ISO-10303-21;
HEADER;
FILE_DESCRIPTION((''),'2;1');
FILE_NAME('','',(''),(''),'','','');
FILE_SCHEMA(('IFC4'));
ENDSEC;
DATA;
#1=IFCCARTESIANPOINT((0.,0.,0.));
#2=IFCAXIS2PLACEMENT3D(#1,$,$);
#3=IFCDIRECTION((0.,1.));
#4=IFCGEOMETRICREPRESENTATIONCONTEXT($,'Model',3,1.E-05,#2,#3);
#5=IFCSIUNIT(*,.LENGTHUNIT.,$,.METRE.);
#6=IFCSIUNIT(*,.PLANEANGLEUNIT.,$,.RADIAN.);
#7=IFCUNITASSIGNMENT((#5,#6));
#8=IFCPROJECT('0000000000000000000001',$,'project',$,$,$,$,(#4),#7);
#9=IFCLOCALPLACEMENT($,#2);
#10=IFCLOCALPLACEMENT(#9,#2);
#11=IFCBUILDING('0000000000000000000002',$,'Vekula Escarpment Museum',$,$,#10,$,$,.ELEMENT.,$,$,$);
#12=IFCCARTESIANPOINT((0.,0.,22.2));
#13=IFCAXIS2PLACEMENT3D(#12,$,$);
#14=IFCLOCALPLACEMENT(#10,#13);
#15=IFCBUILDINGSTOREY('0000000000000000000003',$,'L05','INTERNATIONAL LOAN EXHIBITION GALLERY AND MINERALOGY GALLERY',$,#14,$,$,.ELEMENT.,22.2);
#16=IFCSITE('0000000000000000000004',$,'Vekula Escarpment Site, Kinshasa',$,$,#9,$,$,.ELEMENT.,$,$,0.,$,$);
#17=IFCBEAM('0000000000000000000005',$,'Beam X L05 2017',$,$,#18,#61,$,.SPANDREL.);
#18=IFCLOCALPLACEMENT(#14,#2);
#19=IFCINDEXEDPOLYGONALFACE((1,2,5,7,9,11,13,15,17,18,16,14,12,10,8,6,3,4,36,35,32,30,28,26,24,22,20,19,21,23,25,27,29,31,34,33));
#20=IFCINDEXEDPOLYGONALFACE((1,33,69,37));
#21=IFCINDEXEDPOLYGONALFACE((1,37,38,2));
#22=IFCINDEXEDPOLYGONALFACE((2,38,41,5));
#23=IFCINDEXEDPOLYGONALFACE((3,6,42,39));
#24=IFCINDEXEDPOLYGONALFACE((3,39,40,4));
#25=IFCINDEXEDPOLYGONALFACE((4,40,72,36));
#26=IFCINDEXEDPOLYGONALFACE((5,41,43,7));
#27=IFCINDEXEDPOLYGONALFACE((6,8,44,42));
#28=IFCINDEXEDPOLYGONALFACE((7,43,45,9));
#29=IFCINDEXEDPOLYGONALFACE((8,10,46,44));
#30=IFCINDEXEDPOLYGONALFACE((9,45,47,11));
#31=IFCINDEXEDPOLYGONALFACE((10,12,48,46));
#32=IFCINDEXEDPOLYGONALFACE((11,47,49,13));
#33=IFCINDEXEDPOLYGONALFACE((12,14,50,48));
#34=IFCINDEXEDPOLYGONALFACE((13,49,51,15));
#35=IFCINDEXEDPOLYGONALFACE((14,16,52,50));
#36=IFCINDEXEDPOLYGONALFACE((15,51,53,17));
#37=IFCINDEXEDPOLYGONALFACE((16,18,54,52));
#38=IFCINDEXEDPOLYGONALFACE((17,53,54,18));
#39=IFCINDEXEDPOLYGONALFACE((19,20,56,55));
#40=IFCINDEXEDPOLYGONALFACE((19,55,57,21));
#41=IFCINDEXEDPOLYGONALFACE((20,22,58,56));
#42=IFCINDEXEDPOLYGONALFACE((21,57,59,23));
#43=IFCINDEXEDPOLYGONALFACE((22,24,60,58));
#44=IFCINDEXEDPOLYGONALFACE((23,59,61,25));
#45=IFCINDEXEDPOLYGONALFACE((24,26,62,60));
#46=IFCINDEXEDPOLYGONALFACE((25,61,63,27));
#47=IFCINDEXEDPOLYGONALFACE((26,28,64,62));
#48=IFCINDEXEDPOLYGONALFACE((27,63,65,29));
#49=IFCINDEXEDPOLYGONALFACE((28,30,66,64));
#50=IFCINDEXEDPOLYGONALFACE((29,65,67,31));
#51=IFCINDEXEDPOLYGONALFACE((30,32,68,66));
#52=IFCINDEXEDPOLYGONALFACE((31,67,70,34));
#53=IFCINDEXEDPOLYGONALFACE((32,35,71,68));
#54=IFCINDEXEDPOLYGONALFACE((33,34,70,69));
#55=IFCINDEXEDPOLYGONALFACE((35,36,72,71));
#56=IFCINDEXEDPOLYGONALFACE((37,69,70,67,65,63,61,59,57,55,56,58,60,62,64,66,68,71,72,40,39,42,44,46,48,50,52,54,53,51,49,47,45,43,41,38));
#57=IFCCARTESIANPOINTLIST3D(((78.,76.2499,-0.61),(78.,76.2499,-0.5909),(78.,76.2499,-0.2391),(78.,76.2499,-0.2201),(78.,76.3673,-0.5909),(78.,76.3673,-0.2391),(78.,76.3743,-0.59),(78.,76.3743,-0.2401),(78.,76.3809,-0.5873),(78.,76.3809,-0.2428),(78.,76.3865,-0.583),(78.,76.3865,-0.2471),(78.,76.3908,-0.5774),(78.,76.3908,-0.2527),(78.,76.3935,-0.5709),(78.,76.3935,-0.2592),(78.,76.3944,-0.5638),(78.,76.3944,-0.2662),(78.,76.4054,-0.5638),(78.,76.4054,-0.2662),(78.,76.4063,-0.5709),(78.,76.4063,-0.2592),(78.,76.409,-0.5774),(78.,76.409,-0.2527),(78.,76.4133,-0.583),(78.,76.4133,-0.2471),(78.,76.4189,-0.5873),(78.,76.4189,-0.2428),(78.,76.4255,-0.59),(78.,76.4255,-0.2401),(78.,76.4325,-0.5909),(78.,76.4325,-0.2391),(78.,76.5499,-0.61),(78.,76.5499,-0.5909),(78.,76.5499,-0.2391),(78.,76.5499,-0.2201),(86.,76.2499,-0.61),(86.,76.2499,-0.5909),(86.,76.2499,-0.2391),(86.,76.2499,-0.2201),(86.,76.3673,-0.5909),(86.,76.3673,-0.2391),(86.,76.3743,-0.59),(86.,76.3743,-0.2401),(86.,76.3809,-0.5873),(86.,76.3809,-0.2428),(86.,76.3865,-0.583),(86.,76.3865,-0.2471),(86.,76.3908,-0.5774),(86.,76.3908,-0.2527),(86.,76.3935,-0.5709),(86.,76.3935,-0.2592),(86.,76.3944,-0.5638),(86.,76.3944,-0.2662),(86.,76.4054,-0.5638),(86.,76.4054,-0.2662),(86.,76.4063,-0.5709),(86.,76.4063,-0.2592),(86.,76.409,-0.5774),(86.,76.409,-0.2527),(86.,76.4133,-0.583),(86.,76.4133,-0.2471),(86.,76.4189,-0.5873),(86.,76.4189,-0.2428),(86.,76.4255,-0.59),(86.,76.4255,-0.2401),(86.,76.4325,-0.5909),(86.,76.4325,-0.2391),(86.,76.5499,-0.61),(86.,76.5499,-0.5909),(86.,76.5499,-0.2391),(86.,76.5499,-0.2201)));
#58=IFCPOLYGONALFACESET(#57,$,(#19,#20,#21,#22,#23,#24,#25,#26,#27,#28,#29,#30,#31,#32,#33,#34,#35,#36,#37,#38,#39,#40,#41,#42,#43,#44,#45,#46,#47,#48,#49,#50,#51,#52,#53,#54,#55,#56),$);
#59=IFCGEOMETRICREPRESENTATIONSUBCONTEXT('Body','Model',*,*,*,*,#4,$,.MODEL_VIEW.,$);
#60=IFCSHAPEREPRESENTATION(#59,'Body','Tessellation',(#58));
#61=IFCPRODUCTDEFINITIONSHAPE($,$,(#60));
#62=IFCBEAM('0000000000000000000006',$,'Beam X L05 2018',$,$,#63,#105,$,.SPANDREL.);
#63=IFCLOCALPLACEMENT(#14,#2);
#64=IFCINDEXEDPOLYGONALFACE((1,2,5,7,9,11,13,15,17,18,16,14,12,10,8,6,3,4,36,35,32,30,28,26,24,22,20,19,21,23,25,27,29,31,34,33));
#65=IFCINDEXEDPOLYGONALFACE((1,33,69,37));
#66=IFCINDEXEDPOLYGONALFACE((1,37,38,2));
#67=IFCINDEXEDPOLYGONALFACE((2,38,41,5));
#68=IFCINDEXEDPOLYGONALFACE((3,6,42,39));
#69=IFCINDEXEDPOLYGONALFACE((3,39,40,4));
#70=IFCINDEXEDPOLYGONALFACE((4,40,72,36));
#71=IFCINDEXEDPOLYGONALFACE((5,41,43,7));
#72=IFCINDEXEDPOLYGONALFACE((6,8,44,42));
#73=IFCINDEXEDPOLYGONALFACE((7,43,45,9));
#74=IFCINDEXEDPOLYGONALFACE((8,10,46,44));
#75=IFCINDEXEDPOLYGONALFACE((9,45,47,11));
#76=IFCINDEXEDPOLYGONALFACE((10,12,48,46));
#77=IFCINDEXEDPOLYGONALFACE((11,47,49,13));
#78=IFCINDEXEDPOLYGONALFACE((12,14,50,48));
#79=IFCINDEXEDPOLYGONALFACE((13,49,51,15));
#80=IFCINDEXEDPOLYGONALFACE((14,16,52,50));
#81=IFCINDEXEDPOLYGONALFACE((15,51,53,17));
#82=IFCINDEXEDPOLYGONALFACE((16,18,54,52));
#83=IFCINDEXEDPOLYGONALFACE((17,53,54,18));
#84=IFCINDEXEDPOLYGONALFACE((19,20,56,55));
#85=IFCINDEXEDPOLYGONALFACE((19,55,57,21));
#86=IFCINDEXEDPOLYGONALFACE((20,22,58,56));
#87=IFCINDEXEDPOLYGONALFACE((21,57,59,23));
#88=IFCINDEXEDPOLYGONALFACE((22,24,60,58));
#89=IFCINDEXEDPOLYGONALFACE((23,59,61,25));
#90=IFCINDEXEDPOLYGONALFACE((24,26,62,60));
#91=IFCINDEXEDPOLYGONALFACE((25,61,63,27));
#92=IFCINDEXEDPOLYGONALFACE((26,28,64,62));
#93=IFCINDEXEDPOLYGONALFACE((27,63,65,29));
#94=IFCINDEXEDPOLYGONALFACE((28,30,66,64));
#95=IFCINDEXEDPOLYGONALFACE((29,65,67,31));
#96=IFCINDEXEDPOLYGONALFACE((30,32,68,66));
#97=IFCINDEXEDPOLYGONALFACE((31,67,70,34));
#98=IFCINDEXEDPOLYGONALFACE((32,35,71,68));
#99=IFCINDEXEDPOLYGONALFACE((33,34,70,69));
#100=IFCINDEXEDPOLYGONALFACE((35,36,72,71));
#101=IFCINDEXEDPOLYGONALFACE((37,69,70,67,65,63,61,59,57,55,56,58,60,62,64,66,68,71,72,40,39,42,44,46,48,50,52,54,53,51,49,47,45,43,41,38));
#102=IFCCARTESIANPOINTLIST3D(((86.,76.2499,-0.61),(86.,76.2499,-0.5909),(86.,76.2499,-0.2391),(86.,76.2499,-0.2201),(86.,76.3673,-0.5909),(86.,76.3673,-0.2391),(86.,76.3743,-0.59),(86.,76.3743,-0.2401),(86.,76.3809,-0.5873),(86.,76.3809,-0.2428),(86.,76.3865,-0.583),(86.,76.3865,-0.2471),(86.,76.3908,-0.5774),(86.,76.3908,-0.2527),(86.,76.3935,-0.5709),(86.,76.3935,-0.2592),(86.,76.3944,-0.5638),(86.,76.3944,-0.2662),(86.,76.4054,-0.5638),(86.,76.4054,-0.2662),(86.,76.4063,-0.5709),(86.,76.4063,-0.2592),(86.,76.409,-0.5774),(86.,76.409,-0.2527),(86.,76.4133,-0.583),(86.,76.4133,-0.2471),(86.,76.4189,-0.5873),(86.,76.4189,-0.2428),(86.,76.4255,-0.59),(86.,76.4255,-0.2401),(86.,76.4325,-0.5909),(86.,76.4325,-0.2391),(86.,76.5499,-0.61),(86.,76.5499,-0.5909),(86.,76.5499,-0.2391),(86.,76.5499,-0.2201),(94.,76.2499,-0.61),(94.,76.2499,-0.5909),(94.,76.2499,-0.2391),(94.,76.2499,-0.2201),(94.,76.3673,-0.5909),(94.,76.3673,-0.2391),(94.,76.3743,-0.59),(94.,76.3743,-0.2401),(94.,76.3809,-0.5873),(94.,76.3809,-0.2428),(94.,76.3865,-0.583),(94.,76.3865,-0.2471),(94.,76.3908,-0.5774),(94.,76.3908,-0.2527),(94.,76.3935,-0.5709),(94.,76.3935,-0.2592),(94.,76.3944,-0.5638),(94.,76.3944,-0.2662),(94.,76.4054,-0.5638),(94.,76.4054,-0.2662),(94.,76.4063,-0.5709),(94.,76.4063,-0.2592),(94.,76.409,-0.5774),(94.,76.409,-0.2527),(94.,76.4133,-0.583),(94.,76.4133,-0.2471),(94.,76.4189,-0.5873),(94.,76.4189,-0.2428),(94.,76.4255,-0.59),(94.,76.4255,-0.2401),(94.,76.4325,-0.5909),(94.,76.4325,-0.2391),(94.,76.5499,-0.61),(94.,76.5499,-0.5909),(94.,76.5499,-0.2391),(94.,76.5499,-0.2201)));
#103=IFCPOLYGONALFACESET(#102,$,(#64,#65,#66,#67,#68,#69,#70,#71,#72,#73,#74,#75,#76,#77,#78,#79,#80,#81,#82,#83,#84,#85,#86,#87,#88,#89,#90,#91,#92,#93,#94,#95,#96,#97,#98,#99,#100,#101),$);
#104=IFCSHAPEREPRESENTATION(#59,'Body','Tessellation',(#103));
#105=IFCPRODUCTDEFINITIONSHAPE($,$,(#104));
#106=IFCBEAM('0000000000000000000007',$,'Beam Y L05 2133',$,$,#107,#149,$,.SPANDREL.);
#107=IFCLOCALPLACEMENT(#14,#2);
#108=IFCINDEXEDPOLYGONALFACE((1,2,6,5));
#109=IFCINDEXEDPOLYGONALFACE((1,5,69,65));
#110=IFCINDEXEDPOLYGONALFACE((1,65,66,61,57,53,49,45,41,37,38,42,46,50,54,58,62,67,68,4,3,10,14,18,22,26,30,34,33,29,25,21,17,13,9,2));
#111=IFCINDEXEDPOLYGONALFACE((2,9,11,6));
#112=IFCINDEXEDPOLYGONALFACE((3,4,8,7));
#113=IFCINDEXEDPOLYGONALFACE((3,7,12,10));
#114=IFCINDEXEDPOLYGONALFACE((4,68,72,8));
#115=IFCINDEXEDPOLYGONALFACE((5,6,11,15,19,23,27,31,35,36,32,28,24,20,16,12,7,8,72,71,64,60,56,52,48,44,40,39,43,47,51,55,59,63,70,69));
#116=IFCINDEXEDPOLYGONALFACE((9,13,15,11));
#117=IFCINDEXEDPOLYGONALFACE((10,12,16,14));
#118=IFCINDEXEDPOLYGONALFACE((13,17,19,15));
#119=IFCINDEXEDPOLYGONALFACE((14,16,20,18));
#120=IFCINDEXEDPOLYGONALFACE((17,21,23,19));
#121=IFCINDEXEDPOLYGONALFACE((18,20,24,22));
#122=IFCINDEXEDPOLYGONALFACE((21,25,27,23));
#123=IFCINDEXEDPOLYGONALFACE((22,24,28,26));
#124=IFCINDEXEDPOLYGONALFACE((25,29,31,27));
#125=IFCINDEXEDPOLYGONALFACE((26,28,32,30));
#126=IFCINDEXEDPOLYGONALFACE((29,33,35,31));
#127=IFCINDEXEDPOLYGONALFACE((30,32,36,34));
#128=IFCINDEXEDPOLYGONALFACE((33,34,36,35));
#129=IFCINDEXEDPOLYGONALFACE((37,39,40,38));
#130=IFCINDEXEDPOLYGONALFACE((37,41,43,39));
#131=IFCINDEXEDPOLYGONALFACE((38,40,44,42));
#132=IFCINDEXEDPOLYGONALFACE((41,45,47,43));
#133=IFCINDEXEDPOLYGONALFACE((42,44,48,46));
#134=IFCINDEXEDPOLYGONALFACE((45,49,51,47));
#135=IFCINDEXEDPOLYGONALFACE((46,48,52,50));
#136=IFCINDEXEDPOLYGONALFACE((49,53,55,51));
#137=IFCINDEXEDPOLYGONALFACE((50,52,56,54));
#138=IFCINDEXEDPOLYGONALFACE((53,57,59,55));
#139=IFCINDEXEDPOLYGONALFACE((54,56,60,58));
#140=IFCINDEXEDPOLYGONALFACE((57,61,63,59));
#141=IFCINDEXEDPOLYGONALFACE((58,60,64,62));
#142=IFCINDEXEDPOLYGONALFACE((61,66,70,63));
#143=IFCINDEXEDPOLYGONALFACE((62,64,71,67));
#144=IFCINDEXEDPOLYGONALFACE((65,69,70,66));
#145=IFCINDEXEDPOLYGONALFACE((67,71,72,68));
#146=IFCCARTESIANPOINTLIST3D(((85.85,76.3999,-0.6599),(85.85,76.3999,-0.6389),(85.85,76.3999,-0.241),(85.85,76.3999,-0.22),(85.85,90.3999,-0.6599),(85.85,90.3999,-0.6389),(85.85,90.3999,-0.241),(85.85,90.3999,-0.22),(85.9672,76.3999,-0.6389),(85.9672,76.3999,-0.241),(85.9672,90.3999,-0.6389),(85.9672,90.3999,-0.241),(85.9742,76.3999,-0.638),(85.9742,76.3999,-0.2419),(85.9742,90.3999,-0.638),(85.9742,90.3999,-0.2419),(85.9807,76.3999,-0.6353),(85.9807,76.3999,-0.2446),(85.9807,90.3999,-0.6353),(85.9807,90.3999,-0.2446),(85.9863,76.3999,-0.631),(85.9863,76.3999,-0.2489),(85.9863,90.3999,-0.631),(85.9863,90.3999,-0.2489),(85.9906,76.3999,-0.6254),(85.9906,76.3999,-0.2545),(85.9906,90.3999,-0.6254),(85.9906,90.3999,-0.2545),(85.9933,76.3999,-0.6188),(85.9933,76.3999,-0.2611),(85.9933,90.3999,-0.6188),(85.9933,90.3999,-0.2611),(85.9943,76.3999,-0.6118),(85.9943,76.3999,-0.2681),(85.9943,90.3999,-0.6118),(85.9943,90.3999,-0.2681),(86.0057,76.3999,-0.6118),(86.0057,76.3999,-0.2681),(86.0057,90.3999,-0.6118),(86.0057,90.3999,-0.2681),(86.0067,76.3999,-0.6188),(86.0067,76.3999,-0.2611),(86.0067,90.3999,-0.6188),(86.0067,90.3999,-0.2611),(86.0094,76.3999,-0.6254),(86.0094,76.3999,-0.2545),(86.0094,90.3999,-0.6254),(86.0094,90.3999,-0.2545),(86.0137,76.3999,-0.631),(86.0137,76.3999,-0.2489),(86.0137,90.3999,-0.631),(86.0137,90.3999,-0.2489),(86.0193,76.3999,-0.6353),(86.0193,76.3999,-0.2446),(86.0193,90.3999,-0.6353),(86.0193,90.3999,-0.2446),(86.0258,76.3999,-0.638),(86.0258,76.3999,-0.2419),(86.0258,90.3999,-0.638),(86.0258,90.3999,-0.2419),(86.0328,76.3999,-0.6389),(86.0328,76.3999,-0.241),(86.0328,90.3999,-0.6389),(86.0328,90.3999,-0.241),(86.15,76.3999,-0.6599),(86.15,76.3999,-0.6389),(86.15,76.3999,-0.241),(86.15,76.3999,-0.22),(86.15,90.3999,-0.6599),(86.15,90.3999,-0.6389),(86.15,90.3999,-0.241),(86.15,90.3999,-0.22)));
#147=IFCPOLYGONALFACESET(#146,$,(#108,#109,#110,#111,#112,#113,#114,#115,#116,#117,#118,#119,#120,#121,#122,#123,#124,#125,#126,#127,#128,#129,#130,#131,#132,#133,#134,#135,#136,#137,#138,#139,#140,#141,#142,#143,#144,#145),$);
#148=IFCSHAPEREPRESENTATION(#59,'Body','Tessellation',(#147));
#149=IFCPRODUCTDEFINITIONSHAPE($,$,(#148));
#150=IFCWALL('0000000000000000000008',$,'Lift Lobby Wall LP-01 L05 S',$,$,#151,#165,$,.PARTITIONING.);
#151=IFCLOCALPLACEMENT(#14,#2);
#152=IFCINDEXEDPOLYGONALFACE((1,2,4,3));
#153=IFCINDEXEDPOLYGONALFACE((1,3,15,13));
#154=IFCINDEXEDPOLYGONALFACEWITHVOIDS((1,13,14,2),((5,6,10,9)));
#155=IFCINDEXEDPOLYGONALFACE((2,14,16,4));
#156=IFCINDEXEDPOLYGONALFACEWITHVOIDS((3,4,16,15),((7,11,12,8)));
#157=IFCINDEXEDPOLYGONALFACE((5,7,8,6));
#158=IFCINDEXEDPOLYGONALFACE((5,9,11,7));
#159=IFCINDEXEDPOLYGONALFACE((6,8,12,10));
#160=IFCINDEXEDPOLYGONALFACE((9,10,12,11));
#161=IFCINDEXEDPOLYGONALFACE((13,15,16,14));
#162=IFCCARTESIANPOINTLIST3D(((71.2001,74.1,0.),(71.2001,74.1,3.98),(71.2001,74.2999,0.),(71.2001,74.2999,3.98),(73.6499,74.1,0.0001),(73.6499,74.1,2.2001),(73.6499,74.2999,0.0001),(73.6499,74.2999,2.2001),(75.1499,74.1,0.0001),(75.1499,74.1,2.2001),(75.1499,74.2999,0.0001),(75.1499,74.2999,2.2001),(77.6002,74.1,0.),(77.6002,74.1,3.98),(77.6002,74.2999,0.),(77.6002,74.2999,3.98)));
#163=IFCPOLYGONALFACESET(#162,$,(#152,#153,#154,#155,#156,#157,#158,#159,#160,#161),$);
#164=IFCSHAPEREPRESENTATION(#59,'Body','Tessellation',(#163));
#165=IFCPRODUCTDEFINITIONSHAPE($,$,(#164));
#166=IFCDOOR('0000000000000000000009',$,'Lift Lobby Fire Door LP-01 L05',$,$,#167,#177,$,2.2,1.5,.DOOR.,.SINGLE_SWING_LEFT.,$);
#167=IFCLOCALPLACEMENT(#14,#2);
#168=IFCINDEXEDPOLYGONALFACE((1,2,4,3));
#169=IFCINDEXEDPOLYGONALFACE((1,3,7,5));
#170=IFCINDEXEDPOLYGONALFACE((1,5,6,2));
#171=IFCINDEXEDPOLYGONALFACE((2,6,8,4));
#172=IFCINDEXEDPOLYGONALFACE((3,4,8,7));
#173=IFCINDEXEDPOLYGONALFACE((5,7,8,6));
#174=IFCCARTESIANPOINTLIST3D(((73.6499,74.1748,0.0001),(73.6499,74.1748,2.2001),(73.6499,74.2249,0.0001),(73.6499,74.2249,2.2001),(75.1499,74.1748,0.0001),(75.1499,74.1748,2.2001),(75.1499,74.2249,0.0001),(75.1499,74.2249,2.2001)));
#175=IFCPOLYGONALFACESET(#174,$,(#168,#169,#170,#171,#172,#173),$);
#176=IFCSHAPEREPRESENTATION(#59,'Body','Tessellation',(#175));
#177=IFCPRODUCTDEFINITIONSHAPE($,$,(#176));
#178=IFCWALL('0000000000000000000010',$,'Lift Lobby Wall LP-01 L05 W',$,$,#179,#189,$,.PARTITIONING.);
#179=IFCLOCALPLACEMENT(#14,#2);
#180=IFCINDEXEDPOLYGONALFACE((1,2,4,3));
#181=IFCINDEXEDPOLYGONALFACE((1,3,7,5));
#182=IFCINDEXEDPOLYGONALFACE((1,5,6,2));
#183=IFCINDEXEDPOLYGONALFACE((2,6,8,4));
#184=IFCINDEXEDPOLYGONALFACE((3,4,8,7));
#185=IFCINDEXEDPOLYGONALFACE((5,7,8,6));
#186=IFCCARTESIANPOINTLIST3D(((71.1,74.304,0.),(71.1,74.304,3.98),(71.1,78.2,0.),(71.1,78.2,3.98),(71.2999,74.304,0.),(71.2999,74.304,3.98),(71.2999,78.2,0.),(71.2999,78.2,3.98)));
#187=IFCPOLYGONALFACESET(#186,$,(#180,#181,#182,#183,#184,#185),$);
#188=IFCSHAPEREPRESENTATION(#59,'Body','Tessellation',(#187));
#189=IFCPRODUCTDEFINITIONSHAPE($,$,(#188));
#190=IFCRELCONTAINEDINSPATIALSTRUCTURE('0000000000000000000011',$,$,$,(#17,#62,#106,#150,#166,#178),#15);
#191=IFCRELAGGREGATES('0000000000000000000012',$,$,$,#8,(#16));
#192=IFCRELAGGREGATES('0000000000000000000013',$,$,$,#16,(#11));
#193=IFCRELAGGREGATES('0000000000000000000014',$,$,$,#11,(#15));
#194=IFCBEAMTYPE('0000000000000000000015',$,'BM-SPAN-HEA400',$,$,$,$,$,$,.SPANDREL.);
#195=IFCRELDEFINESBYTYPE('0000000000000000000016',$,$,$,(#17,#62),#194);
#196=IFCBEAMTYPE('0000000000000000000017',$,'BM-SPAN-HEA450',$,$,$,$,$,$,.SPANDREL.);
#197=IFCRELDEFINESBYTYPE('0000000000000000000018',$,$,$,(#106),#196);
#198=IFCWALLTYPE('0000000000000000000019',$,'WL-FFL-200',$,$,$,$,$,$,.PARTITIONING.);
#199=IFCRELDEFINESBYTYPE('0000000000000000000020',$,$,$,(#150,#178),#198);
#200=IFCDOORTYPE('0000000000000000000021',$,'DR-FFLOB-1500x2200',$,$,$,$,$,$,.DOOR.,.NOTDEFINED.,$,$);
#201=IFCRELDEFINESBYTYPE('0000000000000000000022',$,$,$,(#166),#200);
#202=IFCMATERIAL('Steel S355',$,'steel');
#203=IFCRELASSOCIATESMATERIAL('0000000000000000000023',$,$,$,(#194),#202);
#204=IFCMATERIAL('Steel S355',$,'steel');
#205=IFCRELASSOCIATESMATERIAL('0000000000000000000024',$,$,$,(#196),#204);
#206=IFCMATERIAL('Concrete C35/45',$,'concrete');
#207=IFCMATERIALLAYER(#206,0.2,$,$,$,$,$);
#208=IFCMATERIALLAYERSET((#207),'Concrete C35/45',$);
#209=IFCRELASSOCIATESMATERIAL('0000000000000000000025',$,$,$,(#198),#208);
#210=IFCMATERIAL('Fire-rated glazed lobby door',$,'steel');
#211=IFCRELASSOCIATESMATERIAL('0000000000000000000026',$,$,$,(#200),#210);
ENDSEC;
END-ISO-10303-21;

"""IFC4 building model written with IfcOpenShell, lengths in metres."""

from ifc_helpers import new_model, si_unit, direction, frame, frame_2d, origin, origin_2d, place, context, subcontext, project, spatial, rectangle, i_section, extrude, material, layer, layer_set, material_profile, profile_set, type_object, element, fill, save


model = new_model("IFC4")

# Units and contexts
model_context = context("Model", 3, precision=1e-05, world=origin(), true_north=direction((0.0, 1.0)))
body_context = subcontext(model_context, "Body", "Model", "MODEL_VIEW")
ifc_project = project(units=[si_unit("LENGTHUNIT", "METRE"), si_unit("PLANEANGLEUNIT", "RADIAN")], contexts=[model_context])

# Site, building, storey
site_placement = place(None, origin())
site = spatial("IfcSite", under=ifc_project, at=site_placement, Name="Vekula Escarpment Site, Kinshasa", CompositionType="ELEMENT", RefElevation=0.0)
building_placement = place(site_placement, origin())
building = spatial("IfcBuilding", under=site, at=building_placement, Name="Vekula Escarpment Museum", CompositionType="ELEMENT")
storey_placement = place(building_placement, frame((0.0, 0.0, 22.2)))
storey = spatial("IfcBuildingStorey", under=building, at=storey_placement, Name="L05", Description="INTERNATIONAL LOAN EXHIBITION GALLERY AND MINERALOGY GALLERY", CompositionType="ELEMENT", Elevation=22.2)

# Beams
ifc_material_1 = material(Name="Steel S355", Category="steel")
ifc_material_profile_1 = material_profile(ifc_material_1, i_section(OverallWidth=0.3, OverallDepth=0.3899, WebThickness=0.011, FlangeThickness=0.019, FilletRadius=0.0271, at=origin_2d()), Name="HEA 400")
ifc_profile_set_1 = profile_set([ifc_material_profile_1], Name="Steel S355")
beam_type_1 = type_object("IfcBeamType", Name="BM-SPAN-HEA400", PredefinedType="SPANDREL", material=ifc_profile_set_1)
for number, where, z_axis, x_axis, name in (
    (1, (78.0, 76.3999, -0.415), (1.0, 0.0, 0.0), (0.0, 1.0, 0.0), "Beam X L05 2017"),
    (2, (86.0, 76.3999, -0.415), (1.0, 0.0, 0.0), (0.0, 1.0, 0.0), "Beam X L05 2018"),
):
    element("IfcBeam", number, at=place(storey_placement, frame(where, z_axis=z_axis, x_axis=x_axis)), inside=storey, type_object=beam_type_1, Name=name, PredefinedType="SPANDREL", context=body_context, shape_type="SweptSolid", body=[
        extrude(i_section(OverallWidth=0.3, OverallDepth=0.3899, WebThickness=0.011, FlangeThickness=0.019, FilletRadius=0.0271, at=origin_2d()), origin(), (0.0, 0.0, 1.0), 8.0),
    ])
ifc_material_2 = material(Name="Steel S355", Category="steel")
ifc_material_profile_2 = material_profile(ifc_material_2, i_section(OverallWidth=0.3, OverallDepth=0.4399, WebThickness=0.0115, FlangeThickness=0.021, FilletRadius=0.0271, at=origin_2d()), Name="HEA 450")
ifc_profile_set_2 = profile_set([ifc_material_profile_2], Name="Steel S355")
beam_type_2 = type_object("IfcBeamType", Name="BM-SPAN-HEA450", PredefinedType="SPANDREL", material=ifc_profile_set_2)
beam_1_placement = place(storey_placement, frame((86.0, 76.3999, -0.4399), z_axis=(0.0, 1.0, 0.0), x_axis=(-1.0, 0.0, 0.0)))
element("IfcBeam", 3, at=beam_1_placement, inside=storey, type_object=beam_type_2, Name="Beam Y L05 2133", PredefinedType="SPANDREL", context=body_context, shape_type="SweptSolid", body=[
    extrude(i_section(OverallWidth=0.3, OverallDepth=0.4399, WebThickness=0.0115, FlangeThickness=0.021, FilletRadius=0.0271, at=origin_2d()), origin(), (0.0, 0.0, 1.0), 14.0),
])

# Wall, opening, door
ifc_material_3 = material(Name="Concrete C35/45", Category="concrete")
ifc_layer_1 = layer(ifc_material_3, 0.2)
ifc_layer_set_1 = layer_set([ifc_layer_1], Name="Concrete C35/45")
wall_type_1 = type_object("IfcWallType", Name="WL-FFL-200", PredefinedType="PARTITIONING", material=ifc_layer_set_1)
wall_1_placement = place(storey_placement, frame((71.2, 74.2, 0.0), z_axis=(0.0, 0.0, 1.0), x_axis=(1.0, 0.0, 0.0)))
wall_1 = element("IfcWall", 4, at=wall_1_placement, inside=storey, type_object=wall_type_1, Name="Lift Lobby Wall LP-01 L05 S", PredefinedType="PARTITIONING", context=body_context, shape_type="SweptSolid", body=[
    extrude(rectangle(XDim=6.4001, YDim=0.2, at=frame_2d((3.2002, 0.0))), origin(), (0.0, 0.0, 1.0), 3.98),
])
opening_1_placement = place(wall_1_placement, frame((2.45, 0.0, 0.0)))
opening_1 = element("IfcOpeningElement", 5, at=opening_1_placement, cuts=wall_1, PredefinedType="OPENING", context=body_context, shape_type="SweptSolid", body=[
    extrude(rectangle(XDim=1.5, YDim=2.2, at=frame_2d((0.75, 1.1001))), frame((0.0, 0.1099, 0.0), z_axis=(0.0, -1.0, 0.0), x_axis=(1.0, 0.0, 0.0)), (0.0, 0.0, 1.0), 0.22),
])
ifc_material_4 = material(Name="Fire-rated glazed lobby door", Category="steel")
door_type_1 = type_object("IfcDoorType", Name="DR-FFLOB-1500x2200", OperationType="NOTDEFINED", PredefinedType="DOOR", material=ifc_material_4)
door_1_placement = place(opening_1_placement, origin())
door_1 = element("IfcDoor", 6, at=door_1_placement, inside=storey, type_object=door_type_1, Name="Lift Lobby Fire Door LP-01 L05", OperationType="SINGLE_SWING_LEFT", OverallHeight=2.2, OverallWidth=1.5, PredefinedType="DOOR", context=body_context, shape_type="SweptSolid", body=[
    extrude(rectangle(XDim=1.5, YDim=2.2, at=frame_2d((0.75, 1.1001))), frame((0.0, 0.0249, 0.0), z_axis=(0.0, -1.0, 0.0), x_axis=(1.0, 0.0, 0.0)), (0.0, 0.0, 1.0), 0.05),
])
fill(opening_1, door_1)

# Wall
wall_2_placement = place(storey_placement, frame((71.2, 74.304, 0.0), z_axis=(0.0, 0.0, 1.0), x_axis=(0.0, 1.0, 0.0)))
element("IfcWall", 7, at=wall_2_placement, inside=storey, type_object=wall_type_1, Name="Lift Lobby Wall LP-01 L05 W", PredefinedType="PARTITIONING", context=body_context, shape_type="SweptSolid", body=[
    extrude(rectangle(XDim=3.896, YDim=0.2, at=frame_2d((1.948, 0.0))), origin(), (0.0, 0.0, 1.0), 3.98),
])

save(model, "model.ifc")
